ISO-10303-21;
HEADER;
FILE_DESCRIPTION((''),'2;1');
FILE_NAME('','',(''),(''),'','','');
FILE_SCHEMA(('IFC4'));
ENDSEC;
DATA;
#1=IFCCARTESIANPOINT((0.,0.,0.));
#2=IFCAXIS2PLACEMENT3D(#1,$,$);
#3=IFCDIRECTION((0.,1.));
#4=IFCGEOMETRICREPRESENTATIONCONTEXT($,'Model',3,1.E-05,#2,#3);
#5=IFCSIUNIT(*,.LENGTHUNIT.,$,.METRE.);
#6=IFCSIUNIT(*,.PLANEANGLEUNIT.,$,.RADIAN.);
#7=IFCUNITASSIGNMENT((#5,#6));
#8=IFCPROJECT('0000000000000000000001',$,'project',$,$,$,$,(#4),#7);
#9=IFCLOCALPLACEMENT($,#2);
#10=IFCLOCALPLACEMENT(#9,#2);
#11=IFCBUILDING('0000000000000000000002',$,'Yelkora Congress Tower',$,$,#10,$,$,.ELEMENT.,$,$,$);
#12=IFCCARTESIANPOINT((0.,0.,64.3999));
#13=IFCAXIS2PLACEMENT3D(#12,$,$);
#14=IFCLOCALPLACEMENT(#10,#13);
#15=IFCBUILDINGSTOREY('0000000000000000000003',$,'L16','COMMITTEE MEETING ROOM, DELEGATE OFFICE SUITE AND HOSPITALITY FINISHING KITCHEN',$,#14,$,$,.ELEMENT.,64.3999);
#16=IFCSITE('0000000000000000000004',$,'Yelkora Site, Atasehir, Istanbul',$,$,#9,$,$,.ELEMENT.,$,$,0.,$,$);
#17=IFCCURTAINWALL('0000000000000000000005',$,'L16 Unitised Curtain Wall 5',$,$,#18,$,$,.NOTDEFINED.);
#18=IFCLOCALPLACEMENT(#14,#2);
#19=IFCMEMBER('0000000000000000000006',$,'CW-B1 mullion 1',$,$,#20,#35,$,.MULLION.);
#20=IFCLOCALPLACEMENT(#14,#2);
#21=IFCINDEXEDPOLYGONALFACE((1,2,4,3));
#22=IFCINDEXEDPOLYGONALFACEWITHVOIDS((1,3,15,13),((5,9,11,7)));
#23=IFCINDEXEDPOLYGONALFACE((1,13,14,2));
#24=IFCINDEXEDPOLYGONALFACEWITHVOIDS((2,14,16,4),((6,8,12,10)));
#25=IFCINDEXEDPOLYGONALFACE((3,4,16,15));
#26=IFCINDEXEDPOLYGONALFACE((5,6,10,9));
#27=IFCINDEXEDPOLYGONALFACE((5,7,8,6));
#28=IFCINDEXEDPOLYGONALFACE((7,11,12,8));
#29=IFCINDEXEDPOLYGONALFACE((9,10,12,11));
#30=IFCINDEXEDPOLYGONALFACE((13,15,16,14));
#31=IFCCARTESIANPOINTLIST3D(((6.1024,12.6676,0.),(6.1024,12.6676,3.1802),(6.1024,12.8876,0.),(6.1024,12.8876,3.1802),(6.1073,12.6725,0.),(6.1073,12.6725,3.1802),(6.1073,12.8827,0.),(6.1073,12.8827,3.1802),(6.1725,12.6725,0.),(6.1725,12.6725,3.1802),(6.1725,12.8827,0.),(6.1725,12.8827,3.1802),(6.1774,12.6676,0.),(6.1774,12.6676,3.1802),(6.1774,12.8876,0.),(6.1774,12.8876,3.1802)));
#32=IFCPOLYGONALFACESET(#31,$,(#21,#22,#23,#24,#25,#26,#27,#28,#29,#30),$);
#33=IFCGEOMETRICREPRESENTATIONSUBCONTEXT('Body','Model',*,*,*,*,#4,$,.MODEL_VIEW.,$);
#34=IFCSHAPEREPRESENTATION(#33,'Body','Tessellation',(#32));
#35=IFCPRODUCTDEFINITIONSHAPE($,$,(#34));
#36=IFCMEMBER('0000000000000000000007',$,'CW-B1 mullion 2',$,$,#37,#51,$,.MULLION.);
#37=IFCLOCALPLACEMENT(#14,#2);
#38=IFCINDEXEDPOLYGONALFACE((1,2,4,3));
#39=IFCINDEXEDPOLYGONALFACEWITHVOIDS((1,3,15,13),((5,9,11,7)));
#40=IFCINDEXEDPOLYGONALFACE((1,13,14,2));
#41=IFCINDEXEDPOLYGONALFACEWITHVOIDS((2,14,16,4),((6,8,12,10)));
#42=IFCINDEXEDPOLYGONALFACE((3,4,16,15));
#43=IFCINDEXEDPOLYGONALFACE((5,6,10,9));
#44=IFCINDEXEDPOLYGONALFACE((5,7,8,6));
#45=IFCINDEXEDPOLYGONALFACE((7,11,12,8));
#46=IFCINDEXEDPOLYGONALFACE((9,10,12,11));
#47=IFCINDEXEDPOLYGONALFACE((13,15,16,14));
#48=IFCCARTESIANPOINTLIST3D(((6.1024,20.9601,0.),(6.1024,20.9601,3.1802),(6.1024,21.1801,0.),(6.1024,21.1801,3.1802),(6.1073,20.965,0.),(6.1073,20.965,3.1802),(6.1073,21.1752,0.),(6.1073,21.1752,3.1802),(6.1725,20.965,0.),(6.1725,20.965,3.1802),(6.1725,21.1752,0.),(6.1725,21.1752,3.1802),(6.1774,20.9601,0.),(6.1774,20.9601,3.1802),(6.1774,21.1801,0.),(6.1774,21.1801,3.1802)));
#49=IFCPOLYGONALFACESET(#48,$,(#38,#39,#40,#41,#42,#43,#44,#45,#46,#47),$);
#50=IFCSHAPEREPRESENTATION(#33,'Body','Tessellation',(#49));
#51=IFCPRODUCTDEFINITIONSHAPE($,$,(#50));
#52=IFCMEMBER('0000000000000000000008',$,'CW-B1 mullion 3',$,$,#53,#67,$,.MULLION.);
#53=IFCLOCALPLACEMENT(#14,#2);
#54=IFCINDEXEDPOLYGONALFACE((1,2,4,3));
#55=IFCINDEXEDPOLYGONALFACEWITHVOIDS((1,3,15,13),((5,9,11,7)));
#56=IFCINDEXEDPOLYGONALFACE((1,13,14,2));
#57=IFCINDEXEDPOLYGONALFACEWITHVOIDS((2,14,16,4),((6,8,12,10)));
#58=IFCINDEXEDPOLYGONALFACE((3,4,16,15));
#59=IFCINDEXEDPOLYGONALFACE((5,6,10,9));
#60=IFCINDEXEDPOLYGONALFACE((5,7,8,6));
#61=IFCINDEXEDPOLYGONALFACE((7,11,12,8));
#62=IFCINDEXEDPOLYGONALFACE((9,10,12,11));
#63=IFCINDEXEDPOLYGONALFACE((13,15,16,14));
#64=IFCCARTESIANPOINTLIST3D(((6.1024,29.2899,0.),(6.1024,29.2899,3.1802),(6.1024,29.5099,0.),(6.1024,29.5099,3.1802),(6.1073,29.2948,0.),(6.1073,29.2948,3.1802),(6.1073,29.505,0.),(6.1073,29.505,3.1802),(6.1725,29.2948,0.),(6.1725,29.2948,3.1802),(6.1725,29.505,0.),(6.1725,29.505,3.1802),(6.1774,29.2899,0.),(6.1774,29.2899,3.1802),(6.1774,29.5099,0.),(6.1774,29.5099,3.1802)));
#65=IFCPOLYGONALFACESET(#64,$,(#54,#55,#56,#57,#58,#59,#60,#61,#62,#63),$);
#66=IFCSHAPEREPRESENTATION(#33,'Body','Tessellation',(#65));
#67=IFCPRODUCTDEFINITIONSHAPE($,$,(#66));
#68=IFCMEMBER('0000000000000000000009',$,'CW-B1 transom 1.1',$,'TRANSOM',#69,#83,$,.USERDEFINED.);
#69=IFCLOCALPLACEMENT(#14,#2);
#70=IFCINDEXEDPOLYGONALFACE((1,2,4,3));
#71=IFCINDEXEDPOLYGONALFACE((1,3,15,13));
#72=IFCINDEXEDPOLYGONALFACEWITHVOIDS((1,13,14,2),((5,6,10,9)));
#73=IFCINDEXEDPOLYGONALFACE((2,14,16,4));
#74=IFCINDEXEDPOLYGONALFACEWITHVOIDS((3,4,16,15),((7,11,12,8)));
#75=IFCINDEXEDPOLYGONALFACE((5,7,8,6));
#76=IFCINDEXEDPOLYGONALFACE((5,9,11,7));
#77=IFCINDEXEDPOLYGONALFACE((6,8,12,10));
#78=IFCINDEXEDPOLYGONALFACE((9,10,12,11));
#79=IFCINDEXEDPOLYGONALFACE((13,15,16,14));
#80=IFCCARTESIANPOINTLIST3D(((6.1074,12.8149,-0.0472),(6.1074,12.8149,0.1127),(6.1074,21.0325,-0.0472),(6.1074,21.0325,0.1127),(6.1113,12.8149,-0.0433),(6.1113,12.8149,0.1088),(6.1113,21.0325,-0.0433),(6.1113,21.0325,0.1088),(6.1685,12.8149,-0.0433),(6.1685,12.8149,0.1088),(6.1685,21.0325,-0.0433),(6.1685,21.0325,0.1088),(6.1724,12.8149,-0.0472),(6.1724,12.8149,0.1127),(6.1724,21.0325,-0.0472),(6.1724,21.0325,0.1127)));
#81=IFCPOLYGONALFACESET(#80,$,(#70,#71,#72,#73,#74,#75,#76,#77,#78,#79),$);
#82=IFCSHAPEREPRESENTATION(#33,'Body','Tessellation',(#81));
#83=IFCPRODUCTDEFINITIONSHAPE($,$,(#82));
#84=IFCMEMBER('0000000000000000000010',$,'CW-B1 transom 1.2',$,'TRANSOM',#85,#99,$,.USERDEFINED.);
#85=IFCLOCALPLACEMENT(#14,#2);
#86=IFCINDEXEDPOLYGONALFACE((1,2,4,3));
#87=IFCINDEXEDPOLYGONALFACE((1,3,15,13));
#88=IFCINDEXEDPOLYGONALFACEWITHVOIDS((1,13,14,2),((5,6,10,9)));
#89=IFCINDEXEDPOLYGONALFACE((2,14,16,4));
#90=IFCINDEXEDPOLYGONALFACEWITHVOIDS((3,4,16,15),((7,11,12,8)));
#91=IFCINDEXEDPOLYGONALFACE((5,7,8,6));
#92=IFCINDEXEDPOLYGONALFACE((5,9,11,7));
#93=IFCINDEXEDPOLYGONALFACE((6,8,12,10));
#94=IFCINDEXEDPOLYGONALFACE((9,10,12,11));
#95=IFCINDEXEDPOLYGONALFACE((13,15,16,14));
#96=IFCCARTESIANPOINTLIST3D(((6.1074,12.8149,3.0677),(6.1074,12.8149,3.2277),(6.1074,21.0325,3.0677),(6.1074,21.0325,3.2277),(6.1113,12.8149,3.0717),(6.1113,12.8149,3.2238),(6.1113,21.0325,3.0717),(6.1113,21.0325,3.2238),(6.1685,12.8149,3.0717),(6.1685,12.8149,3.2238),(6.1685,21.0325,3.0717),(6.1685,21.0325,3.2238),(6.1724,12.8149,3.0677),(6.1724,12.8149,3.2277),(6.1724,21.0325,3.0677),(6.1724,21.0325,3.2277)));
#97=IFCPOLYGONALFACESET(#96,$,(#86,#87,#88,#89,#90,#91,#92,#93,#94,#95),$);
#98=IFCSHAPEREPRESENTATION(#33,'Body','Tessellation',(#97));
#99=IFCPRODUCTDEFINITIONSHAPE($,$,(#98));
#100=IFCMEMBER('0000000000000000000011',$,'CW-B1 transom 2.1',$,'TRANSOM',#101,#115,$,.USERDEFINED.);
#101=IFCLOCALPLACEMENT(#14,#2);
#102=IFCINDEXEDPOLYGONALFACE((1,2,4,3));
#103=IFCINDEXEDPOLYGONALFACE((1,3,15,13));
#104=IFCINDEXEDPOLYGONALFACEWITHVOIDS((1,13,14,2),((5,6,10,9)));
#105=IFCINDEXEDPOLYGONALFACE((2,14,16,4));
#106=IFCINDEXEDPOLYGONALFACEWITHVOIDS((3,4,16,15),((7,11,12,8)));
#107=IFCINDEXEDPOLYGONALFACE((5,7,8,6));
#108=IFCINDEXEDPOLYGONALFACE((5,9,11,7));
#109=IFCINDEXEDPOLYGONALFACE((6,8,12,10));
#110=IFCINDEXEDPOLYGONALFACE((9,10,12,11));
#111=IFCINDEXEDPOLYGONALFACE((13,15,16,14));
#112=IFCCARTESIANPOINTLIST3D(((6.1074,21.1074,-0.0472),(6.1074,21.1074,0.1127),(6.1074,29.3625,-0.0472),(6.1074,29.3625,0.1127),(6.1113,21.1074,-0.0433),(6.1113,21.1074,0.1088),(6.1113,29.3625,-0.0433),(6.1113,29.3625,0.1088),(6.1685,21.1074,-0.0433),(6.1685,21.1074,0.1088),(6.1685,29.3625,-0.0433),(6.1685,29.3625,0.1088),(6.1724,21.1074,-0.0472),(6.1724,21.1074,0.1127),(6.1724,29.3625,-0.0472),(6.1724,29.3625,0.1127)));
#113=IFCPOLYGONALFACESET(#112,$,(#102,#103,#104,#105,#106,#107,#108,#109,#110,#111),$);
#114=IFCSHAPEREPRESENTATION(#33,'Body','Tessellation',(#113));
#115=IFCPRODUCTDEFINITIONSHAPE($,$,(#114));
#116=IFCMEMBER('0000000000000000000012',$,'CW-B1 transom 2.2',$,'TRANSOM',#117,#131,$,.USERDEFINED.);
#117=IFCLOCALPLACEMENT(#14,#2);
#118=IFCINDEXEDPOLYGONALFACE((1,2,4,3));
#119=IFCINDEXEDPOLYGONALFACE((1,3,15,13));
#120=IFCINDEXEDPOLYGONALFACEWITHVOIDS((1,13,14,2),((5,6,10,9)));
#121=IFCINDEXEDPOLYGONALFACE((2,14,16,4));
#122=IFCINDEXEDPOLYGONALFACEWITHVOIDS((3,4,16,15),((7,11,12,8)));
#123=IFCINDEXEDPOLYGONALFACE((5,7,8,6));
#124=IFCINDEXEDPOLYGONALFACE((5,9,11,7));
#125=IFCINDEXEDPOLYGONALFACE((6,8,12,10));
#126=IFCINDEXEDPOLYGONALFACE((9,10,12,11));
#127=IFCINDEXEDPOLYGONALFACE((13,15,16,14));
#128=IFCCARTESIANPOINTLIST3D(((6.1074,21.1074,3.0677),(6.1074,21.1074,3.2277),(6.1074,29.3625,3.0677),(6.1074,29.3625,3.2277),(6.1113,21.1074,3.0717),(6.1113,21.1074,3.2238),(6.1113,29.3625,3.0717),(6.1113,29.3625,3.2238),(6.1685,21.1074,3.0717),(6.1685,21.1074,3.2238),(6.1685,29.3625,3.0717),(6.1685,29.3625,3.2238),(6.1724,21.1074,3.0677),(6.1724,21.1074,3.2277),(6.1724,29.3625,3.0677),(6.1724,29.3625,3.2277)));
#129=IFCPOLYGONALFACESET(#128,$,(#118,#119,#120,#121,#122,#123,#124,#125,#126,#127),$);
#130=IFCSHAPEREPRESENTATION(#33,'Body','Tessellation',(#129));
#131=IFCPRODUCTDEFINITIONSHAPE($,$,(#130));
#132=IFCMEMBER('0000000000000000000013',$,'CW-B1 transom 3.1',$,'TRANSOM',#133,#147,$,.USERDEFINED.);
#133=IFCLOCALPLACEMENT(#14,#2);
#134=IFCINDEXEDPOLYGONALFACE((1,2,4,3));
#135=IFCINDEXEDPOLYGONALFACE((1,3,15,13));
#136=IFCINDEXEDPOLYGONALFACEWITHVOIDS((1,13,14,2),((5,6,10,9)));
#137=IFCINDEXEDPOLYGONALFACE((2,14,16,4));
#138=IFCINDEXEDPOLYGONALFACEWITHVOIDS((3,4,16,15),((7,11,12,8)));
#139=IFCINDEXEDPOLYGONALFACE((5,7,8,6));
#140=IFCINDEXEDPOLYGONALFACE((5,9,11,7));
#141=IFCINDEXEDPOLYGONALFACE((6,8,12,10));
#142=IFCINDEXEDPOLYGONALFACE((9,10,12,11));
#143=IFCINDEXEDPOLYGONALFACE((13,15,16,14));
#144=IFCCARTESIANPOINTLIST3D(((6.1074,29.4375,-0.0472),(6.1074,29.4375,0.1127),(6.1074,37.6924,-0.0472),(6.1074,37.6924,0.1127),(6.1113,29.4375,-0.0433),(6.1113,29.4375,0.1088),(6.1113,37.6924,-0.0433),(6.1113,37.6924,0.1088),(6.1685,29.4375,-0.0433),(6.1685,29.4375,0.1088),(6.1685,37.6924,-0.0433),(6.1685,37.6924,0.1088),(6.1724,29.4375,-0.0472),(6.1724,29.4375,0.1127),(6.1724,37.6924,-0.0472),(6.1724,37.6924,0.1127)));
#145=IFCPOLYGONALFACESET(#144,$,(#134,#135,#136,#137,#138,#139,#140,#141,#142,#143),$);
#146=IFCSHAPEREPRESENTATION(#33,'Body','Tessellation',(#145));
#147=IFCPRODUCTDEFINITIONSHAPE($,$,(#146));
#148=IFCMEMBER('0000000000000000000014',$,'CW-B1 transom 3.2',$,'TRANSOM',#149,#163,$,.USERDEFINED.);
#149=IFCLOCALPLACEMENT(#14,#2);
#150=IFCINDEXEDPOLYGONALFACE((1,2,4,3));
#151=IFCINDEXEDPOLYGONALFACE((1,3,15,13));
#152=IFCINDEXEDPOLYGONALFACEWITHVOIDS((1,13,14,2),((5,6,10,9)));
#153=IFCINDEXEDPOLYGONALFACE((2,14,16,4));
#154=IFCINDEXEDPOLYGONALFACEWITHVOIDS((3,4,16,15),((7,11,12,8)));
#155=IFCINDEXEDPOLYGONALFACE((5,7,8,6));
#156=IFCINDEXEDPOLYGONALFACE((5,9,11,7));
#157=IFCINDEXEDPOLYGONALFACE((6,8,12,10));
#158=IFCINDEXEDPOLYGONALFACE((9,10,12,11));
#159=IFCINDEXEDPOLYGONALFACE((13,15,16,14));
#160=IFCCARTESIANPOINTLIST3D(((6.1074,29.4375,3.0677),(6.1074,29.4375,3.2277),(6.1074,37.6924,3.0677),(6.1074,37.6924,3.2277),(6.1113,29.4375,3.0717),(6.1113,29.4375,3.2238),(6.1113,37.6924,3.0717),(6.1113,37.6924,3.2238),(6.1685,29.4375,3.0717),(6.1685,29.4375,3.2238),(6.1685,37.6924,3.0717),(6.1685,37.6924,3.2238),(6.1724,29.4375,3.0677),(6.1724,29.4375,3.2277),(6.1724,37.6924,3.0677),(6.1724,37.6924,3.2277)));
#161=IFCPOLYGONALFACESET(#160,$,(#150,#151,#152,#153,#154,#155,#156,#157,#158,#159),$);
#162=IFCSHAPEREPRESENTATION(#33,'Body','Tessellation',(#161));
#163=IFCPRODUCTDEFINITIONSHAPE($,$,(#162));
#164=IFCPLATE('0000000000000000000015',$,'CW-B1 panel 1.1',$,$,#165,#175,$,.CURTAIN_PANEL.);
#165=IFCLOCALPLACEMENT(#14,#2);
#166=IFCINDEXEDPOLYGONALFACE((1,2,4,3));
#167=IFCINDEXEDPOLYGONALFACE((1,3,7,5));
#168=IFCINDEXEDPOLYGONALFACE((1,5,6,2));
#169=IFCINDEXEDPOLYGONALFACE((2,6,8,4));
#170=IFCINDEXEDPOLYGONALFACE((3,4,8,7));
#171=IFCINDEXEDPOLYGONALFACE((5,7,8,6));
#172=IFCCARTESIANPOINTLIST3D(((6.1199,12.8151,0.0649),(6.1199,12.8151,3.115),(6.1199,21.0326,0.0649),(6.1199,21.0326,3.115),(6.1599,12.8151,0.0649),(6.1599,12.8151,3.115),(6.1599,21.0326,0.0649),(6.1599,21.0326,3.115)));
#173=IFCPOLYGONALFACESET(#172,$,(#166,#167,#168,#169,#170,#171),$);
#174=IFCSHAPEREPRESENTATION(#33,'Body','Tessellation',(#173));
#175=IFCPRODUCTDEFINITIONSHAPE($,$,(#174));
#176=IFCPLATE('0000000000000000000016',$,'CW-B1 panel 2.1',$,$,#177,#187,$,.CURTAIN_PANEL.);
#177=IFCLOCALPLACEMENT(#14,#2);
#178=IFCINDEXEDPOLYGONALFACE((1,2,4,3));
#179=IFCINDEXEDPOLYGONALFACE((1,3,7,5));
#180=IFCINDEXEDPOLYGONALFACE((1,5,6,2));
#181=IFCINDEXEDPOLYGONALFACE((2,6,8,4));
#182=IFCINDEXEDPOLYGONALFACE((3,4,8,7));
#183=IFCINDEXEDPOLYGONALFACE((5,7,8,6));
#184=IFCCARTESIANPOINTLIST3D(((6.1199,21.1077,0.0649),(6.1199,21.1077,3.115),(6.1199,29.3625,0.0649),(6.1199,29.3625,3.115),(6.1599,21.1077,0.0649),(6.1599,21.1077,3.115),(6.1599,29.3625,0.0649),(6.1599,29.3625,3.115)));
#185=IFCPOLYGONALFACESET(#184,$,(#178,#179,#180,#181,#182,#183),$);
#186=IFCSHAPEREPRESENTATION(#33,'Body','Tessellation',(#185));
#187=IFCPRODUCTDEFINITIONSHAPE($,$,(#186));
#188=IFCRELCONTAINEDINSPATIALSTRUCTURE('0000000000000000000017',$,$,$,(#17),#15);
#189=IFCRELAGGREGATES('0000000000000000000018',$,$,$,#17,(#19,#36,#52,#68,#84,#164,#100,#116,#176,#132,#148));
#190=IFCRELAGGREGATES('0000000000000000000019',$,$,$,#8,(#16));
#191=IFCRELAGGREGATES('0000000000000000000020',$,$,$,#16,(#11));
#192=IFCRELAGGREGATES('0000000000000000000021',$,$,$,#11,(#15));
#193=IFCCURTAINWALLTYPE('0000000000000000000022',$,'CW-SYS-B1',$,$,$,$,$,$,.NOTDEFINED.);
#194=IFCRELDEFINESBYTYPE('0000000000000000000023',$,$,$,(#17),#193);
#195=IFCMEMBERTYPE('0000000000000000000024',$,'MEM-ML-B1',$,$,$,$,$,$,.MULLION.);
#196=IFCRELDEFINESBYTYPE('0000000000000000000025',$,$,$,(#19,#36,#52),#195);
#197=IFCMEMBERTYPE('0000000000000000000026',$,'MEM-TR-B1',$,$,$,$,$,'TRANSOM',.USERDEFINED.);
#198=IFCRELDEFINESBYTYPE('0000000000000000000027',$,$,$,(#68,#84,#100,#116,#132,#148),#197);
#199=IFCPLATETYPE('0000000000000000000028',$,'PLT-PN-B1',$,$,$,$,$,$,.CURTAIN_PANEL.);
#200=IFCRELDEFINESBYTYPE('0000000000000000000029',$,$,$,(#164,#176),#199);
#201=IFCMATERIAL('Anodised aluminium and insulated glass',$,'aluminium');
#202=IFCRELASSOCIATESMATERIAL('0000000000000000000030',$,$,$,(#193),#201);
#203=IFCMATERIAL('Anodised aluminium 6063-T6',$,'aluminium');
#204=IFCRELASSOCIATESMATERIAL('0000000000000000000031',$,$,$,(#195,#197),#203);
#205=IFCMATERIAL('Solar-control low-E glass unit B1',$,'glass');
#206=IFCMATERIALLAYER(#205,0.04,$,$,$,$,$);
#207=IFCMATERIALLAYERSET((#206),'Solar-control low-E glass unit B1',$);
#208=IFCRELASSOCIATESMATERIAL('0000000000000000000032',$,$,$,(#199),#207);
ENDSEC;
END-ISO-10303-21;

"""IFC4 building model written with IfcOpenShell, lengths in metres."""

from ifc_helpers import new_model, si_unit, direction, frame, origin, origin_2d, place, context, subcontext, project, spatial, rectangle, hollow_rectangle, extrude, material, layer, layer_set, material_profile, profile_set, type_object, element, aggregate, save


model = new_model("IFC4")

# Units and contexts
model_context = context("Model", 3, precision=1e-05, world=origin(), true_north=direction((0.0, 1.0)))
body_context = subcontext(model_context, "Body", "Model", "MODEL_VIEW")
ifc_project = project(units=[si_unit("LENGTHUNIT", "METRE"), si_unit("PLANEANGLEUNIT", "RADIAN")], contexts=[model_context])

# Site, building, storey
site_placement = place(None, origin())
site = spatial("IfcSite", under=ifc_project, at=site_placement, Name="Yelkora Site, Atasehir, Istanbul", CompositionType="ELEMENT", RefElevation=0.0)
building_placement = place(site_placement, origin())
building = spatial("IfcBuilding", under=site, at=building_placement, Name="Yelkora Congress Tower", CompositionType="ELEMENT")
storey_placement = place(building_placement, frame((0.0, 0.0, 64.3999)))
storey = spatial("IfcBuildingStorey", under=building, at=storey_placement, Name="L16", Description="COMMITTEE MEETING ROOM, DELEGATE OFFICE SUITE AND HOSPITALITY FINISHING KITCHEN", CompositionType="ELEMENT", Elevation=64.3999)

# Curtain wall, members, plates
ifc_material_1 = material(Name="Anodised aluminium and insulated glass", Category="aluminium")
curtain_wall_type = type_object("IfcCurtainWallType", Name="CW-SYS-B1", PredefinedType="NOTDEFINED", material=ifc_material_1)
curtain_wall_placement = place(storey_placement, origin())
curtain_wall = element("IfcCurtainWall", 1, at=curtain_wall_placement, inside=storey, type_object=curtain_wall_type, Name="L16 Unitised Curtain Wall 5", PredefinedType="NOTDEFINED")
ifc_material_2 = material(Name="Anodised aluminium 6063-T6", Category="aluminium")
ifc_material_profile_1 = material_profile(ifc_material_2, hollow_rectangle(XDim=0.075, YDim=0.22, WallThickness=0.0049, at=origin_2d()), Name="ALU 75x220x5")
ifc_profile_set_1 = profile_set([ifc_material_profile_1], Name="Anodised aluminium 6063-T6")
member_type_1 = type_object("IfcMemberType", Name="MEM-ML-B1", PredefinedType="MULLION", material=ifc_profile_set_1)
member_1_placement = place(storey_placement, frame((6.1399, 12.7776, 0.0), z_axis=(0.0, 0.0, 1.0), x_axis=(-1.0, 0.0, 0.0)))
member_1 = element("IfcMember", 2, at=member_1_placement, type_object=member_type_1, Name="CW-B1 mullion 1", PredefinedType="MULLION", context=body_context, shape_type="SweptSolid", body=[
    extrude(hollow_rectangle(XDim=0.075, YDim=0.22, WallThickness=0.0049, at=origin_2d()), origin(), (0.0, 0.0, 1.0), 3.1802),
])
member_2_placement = place(storey_placement, frame((6.1399, 21.0701, 0.0), z_axis=(0.0, 0.0, 1.0), x_axis=(-1.0, 0.0, 0.0)))
member_2 = element("IfcMember", 3, at=member_2_placement, type_object=member_type_1, Name="CW-B1 mullion 2", PredefinedType="MULLION", context=body_context, shape_type="SweptSolid", body=[
    extrude(hollow_rectangle(XDim=0.075, YDim=0.22, WallThickness=0.0049, at=origin_2d()), origin(), (0.0, 0.0, 1.0), 3.1802),
])
member_3_placement = place(storey_placement, frame((6.1399, 29.3999, 0.0), z_axis=(0.0, 0.0, 1.0), x_axis=(-1.0, 0.0, 0.0)))
member_3 = element("IfcMember", 4, at=member_3_placement, type_object=member_type_1, Name="CW-B1 mullion 3", PredefinedType="MULLION", context=body_context, shape_type="SweptSolid", body=[
    extrude(hollow_rectangle(XDim=0.075, YDim=0.22, WallThickness=0.0049, at=origin_2d()), origin(), (0.0, 0.0, 1.0), 3.1802),
])
ifc_material_profile_2 = material_profile(ifc_material_2, hollow_rectangle(XDim=0.0649, YDim=0.1599, WallThickness=0.0039, at=origin_2d()), Name="ALU 65x160x4")
ifc_profile_set_2 = profile_set([ifc_material_profile_2], Name="Anodised aluminium 6063-T6")
member_type_2 = type_object("IfcMemberType", Name="MEM-TR-B1", ElementType="TRANSOM", PredefinedType="USERDEFINED", material=ifc_profile_set_2)
member_4_placement = place(storey_placement, frame((6.1399, 12.8149, 0.0327), z_axis=(0.0, 1.0, 0.0), x_axis=(-1.0, 0.0, 0.0)))
member_4 = element("IfcMember", 5, at=member_4_placement, type_object=member_type_2, Name="CW-B1 transom 1.1", ObjectType="TRANSOM", PredefinedType="USERDEFINED", context=body_context, shape_type="SweptSolid", body=[
    extrude(hollow_rectangle(XDim=0.0649, YDim=0.1599, WallThickness=0.0039, at=origin_2d()), origin(), (0.0, 0.0, 1.0), 8.2175),
])
member_5_placement = place(storey_placement, frame((6.1399, 12.8149, 3.1477), z_axis=(0.0, 1.0, 0.0), x_axis=(-1.0, 0.0, 0.0)))
member_5 = element("IfcMember", 6, at=member_5_placement, type_object=member_type_2, Name="CW-B1 transom 1.2", ObjectType="TRANSOM", PredefinedType="USERDEFINED", context=body_context, shape_type="SweptSolid", body=[
    extrude(hollow_rectangle(XDim=0.0649, YDim=0.1599, WallThickness=0.0039, at=origin_2d()), origin(), (0.0, 0.0, 1.0), 8.2175),
])
member_6_placement = place(storey_placement, frame((6.1399, 21.1074, 0.0327), z_axis=(0.0, 1.0, 0.0), x_axis=(-1.0, 0.0, 0.0)))
member_6 = element("IfcMember", 7, at=member_6_placement, type_object=member_type_2, Name="CW-B1 transom 2.1", ObjectType="TRANSOM", PredefinedType="USERDEFINED", context=body_context, shape_type="SweptSolid", body=[
    extrude(hollow_rectangle(XDim=0.0649, YDim=0.1599, WallThickness=0.0039, at=origin_2d()), origin(), (0.0, 0.0, 1.0), 8.2551),
])
member_7_placement = place(storey_placement, frame((6.1399, 21.1074, 3.1477), z_axis=(0.0, 1.0, 0.0), x_axis=(-1.0, 0.0, 0.0)))
member_7 = element("IfcMember", 8, at=member_7_placement, type_object=member_type_2, Name="CW-B1 transom 2.2", ObjectType="TRANSOM", PredefinedType="USERDEFINED", context=body_context, shape_type="SweptSolid", body=[
    extrude(hollow_rectangle(XDim=0.0649, YDim=0.1599, WallThickness=0.0039, at=origin_2d()), origin(), (0.0, 0.0, 1.0), 8.2551),
])
member_8_placement = place(storey_placement, frame((6.1399, 29.4375, 0.0327), z_axis=(0.0, 1.0, 0.0), x_axis=(-1.0, 0.0, 0.0)))
member_8 = element("IfcMember", 9, at=member_8_placement, type_object=member_type_2, Name="CW-B1 transom 3.1", ObjectType="TRANSOM", PredefinedType="USERDEFINED", context=body_context, shape_type="SweptSolid", body=[
    extrude(hollow_rectangle(XDim=0.0649, YDim=0.1599, WallThickness=0.0039, at=origin_2d()), origin(), (0.0, 0.0, 1.0), 8.2549),
])
member_9_placement = place(storey_placement, frame((6.1399, 29.4375, 3.1477), z_axis=(0.0, 1.0, 0.0), x_axis=(-1.0, 0.0, 0.0)))
member_9 = element("IfcMember", 10, at=member_9_placement, type_object=member_type_2, Name="CW-B1 transom 3.2", ObjectType="TRANSOM", PredefinedType="USERDEFINED", context=body_context, shape_type="SweptSolid", body=[
    extrude(hollow_rectangle(XDim=0.0649, YDim=0.1599, WallThickness=0.0039, at=origin_2d()), origin(), (0.0, 0.0, 1.0), 8.2549),
])
ifc_material_3 = material(Name="Solar-control low-E glass unit B1", Category="glass")
ifc_layer_1 = layer(ifc_material_3, 0.04)
ifc_layer_set_1 = layer_set([ifc_layer_1], Name="Solar-control low-E glass unit B1")
plate_type = type_object("IfcPlateType", Name="PLT-PN-B1", PredefinedType="CURTAIN_PANEL", material=ifc_layer_set_1)
plate_1_placement = place(storey_placement, frame((6.1399, 16.9238, 0.0649), z_axis=(0.0, 0.0, 1.0), x_axis=(0.0, 1.0, 0.0)))
plate_1 = element("IfcPlate", 11, at=plate_1_placement, type_object=plate_type, Name="CW-B1 panel 1.1", PredefinedType="CURTAIN_PANEL", context=body_context, shape_type="SweptSolid", body=[
    extrude(rectangle(XDim=8.2175, YDim=0.04, at=origin_2d()), origin(), (0.0, 0.0, 1.0), 3.05),
])
plate_2_placement = place(storey_placement, frame((6.1399, 25.2351, 0.0649), z_axis=(0.0, 0.0, 1.0), x_axis=(0.0, 1.0, 0.0)))
plate_2 = element("IfcPlate", 12, at=plate_2_placement, type_object=plate_type, Name="CW-B1 panel 2.1", PredefinedType="CURTAIN_PANEL", context=body_context, shape_type="SweptSolid", body=[
    extrude(rectangle(XDim=8.2549, YDim=0.04, at=origin_2d()), origin(), (0.0, 0.0, 1.0), 3.05),
])
aggregate(curtain_wall, [member_1, member_2, member_3, member_4, member_5, plate_1, member_6, member_7, plate_2, member_8, member_9])

save(model, "model.ifc")
